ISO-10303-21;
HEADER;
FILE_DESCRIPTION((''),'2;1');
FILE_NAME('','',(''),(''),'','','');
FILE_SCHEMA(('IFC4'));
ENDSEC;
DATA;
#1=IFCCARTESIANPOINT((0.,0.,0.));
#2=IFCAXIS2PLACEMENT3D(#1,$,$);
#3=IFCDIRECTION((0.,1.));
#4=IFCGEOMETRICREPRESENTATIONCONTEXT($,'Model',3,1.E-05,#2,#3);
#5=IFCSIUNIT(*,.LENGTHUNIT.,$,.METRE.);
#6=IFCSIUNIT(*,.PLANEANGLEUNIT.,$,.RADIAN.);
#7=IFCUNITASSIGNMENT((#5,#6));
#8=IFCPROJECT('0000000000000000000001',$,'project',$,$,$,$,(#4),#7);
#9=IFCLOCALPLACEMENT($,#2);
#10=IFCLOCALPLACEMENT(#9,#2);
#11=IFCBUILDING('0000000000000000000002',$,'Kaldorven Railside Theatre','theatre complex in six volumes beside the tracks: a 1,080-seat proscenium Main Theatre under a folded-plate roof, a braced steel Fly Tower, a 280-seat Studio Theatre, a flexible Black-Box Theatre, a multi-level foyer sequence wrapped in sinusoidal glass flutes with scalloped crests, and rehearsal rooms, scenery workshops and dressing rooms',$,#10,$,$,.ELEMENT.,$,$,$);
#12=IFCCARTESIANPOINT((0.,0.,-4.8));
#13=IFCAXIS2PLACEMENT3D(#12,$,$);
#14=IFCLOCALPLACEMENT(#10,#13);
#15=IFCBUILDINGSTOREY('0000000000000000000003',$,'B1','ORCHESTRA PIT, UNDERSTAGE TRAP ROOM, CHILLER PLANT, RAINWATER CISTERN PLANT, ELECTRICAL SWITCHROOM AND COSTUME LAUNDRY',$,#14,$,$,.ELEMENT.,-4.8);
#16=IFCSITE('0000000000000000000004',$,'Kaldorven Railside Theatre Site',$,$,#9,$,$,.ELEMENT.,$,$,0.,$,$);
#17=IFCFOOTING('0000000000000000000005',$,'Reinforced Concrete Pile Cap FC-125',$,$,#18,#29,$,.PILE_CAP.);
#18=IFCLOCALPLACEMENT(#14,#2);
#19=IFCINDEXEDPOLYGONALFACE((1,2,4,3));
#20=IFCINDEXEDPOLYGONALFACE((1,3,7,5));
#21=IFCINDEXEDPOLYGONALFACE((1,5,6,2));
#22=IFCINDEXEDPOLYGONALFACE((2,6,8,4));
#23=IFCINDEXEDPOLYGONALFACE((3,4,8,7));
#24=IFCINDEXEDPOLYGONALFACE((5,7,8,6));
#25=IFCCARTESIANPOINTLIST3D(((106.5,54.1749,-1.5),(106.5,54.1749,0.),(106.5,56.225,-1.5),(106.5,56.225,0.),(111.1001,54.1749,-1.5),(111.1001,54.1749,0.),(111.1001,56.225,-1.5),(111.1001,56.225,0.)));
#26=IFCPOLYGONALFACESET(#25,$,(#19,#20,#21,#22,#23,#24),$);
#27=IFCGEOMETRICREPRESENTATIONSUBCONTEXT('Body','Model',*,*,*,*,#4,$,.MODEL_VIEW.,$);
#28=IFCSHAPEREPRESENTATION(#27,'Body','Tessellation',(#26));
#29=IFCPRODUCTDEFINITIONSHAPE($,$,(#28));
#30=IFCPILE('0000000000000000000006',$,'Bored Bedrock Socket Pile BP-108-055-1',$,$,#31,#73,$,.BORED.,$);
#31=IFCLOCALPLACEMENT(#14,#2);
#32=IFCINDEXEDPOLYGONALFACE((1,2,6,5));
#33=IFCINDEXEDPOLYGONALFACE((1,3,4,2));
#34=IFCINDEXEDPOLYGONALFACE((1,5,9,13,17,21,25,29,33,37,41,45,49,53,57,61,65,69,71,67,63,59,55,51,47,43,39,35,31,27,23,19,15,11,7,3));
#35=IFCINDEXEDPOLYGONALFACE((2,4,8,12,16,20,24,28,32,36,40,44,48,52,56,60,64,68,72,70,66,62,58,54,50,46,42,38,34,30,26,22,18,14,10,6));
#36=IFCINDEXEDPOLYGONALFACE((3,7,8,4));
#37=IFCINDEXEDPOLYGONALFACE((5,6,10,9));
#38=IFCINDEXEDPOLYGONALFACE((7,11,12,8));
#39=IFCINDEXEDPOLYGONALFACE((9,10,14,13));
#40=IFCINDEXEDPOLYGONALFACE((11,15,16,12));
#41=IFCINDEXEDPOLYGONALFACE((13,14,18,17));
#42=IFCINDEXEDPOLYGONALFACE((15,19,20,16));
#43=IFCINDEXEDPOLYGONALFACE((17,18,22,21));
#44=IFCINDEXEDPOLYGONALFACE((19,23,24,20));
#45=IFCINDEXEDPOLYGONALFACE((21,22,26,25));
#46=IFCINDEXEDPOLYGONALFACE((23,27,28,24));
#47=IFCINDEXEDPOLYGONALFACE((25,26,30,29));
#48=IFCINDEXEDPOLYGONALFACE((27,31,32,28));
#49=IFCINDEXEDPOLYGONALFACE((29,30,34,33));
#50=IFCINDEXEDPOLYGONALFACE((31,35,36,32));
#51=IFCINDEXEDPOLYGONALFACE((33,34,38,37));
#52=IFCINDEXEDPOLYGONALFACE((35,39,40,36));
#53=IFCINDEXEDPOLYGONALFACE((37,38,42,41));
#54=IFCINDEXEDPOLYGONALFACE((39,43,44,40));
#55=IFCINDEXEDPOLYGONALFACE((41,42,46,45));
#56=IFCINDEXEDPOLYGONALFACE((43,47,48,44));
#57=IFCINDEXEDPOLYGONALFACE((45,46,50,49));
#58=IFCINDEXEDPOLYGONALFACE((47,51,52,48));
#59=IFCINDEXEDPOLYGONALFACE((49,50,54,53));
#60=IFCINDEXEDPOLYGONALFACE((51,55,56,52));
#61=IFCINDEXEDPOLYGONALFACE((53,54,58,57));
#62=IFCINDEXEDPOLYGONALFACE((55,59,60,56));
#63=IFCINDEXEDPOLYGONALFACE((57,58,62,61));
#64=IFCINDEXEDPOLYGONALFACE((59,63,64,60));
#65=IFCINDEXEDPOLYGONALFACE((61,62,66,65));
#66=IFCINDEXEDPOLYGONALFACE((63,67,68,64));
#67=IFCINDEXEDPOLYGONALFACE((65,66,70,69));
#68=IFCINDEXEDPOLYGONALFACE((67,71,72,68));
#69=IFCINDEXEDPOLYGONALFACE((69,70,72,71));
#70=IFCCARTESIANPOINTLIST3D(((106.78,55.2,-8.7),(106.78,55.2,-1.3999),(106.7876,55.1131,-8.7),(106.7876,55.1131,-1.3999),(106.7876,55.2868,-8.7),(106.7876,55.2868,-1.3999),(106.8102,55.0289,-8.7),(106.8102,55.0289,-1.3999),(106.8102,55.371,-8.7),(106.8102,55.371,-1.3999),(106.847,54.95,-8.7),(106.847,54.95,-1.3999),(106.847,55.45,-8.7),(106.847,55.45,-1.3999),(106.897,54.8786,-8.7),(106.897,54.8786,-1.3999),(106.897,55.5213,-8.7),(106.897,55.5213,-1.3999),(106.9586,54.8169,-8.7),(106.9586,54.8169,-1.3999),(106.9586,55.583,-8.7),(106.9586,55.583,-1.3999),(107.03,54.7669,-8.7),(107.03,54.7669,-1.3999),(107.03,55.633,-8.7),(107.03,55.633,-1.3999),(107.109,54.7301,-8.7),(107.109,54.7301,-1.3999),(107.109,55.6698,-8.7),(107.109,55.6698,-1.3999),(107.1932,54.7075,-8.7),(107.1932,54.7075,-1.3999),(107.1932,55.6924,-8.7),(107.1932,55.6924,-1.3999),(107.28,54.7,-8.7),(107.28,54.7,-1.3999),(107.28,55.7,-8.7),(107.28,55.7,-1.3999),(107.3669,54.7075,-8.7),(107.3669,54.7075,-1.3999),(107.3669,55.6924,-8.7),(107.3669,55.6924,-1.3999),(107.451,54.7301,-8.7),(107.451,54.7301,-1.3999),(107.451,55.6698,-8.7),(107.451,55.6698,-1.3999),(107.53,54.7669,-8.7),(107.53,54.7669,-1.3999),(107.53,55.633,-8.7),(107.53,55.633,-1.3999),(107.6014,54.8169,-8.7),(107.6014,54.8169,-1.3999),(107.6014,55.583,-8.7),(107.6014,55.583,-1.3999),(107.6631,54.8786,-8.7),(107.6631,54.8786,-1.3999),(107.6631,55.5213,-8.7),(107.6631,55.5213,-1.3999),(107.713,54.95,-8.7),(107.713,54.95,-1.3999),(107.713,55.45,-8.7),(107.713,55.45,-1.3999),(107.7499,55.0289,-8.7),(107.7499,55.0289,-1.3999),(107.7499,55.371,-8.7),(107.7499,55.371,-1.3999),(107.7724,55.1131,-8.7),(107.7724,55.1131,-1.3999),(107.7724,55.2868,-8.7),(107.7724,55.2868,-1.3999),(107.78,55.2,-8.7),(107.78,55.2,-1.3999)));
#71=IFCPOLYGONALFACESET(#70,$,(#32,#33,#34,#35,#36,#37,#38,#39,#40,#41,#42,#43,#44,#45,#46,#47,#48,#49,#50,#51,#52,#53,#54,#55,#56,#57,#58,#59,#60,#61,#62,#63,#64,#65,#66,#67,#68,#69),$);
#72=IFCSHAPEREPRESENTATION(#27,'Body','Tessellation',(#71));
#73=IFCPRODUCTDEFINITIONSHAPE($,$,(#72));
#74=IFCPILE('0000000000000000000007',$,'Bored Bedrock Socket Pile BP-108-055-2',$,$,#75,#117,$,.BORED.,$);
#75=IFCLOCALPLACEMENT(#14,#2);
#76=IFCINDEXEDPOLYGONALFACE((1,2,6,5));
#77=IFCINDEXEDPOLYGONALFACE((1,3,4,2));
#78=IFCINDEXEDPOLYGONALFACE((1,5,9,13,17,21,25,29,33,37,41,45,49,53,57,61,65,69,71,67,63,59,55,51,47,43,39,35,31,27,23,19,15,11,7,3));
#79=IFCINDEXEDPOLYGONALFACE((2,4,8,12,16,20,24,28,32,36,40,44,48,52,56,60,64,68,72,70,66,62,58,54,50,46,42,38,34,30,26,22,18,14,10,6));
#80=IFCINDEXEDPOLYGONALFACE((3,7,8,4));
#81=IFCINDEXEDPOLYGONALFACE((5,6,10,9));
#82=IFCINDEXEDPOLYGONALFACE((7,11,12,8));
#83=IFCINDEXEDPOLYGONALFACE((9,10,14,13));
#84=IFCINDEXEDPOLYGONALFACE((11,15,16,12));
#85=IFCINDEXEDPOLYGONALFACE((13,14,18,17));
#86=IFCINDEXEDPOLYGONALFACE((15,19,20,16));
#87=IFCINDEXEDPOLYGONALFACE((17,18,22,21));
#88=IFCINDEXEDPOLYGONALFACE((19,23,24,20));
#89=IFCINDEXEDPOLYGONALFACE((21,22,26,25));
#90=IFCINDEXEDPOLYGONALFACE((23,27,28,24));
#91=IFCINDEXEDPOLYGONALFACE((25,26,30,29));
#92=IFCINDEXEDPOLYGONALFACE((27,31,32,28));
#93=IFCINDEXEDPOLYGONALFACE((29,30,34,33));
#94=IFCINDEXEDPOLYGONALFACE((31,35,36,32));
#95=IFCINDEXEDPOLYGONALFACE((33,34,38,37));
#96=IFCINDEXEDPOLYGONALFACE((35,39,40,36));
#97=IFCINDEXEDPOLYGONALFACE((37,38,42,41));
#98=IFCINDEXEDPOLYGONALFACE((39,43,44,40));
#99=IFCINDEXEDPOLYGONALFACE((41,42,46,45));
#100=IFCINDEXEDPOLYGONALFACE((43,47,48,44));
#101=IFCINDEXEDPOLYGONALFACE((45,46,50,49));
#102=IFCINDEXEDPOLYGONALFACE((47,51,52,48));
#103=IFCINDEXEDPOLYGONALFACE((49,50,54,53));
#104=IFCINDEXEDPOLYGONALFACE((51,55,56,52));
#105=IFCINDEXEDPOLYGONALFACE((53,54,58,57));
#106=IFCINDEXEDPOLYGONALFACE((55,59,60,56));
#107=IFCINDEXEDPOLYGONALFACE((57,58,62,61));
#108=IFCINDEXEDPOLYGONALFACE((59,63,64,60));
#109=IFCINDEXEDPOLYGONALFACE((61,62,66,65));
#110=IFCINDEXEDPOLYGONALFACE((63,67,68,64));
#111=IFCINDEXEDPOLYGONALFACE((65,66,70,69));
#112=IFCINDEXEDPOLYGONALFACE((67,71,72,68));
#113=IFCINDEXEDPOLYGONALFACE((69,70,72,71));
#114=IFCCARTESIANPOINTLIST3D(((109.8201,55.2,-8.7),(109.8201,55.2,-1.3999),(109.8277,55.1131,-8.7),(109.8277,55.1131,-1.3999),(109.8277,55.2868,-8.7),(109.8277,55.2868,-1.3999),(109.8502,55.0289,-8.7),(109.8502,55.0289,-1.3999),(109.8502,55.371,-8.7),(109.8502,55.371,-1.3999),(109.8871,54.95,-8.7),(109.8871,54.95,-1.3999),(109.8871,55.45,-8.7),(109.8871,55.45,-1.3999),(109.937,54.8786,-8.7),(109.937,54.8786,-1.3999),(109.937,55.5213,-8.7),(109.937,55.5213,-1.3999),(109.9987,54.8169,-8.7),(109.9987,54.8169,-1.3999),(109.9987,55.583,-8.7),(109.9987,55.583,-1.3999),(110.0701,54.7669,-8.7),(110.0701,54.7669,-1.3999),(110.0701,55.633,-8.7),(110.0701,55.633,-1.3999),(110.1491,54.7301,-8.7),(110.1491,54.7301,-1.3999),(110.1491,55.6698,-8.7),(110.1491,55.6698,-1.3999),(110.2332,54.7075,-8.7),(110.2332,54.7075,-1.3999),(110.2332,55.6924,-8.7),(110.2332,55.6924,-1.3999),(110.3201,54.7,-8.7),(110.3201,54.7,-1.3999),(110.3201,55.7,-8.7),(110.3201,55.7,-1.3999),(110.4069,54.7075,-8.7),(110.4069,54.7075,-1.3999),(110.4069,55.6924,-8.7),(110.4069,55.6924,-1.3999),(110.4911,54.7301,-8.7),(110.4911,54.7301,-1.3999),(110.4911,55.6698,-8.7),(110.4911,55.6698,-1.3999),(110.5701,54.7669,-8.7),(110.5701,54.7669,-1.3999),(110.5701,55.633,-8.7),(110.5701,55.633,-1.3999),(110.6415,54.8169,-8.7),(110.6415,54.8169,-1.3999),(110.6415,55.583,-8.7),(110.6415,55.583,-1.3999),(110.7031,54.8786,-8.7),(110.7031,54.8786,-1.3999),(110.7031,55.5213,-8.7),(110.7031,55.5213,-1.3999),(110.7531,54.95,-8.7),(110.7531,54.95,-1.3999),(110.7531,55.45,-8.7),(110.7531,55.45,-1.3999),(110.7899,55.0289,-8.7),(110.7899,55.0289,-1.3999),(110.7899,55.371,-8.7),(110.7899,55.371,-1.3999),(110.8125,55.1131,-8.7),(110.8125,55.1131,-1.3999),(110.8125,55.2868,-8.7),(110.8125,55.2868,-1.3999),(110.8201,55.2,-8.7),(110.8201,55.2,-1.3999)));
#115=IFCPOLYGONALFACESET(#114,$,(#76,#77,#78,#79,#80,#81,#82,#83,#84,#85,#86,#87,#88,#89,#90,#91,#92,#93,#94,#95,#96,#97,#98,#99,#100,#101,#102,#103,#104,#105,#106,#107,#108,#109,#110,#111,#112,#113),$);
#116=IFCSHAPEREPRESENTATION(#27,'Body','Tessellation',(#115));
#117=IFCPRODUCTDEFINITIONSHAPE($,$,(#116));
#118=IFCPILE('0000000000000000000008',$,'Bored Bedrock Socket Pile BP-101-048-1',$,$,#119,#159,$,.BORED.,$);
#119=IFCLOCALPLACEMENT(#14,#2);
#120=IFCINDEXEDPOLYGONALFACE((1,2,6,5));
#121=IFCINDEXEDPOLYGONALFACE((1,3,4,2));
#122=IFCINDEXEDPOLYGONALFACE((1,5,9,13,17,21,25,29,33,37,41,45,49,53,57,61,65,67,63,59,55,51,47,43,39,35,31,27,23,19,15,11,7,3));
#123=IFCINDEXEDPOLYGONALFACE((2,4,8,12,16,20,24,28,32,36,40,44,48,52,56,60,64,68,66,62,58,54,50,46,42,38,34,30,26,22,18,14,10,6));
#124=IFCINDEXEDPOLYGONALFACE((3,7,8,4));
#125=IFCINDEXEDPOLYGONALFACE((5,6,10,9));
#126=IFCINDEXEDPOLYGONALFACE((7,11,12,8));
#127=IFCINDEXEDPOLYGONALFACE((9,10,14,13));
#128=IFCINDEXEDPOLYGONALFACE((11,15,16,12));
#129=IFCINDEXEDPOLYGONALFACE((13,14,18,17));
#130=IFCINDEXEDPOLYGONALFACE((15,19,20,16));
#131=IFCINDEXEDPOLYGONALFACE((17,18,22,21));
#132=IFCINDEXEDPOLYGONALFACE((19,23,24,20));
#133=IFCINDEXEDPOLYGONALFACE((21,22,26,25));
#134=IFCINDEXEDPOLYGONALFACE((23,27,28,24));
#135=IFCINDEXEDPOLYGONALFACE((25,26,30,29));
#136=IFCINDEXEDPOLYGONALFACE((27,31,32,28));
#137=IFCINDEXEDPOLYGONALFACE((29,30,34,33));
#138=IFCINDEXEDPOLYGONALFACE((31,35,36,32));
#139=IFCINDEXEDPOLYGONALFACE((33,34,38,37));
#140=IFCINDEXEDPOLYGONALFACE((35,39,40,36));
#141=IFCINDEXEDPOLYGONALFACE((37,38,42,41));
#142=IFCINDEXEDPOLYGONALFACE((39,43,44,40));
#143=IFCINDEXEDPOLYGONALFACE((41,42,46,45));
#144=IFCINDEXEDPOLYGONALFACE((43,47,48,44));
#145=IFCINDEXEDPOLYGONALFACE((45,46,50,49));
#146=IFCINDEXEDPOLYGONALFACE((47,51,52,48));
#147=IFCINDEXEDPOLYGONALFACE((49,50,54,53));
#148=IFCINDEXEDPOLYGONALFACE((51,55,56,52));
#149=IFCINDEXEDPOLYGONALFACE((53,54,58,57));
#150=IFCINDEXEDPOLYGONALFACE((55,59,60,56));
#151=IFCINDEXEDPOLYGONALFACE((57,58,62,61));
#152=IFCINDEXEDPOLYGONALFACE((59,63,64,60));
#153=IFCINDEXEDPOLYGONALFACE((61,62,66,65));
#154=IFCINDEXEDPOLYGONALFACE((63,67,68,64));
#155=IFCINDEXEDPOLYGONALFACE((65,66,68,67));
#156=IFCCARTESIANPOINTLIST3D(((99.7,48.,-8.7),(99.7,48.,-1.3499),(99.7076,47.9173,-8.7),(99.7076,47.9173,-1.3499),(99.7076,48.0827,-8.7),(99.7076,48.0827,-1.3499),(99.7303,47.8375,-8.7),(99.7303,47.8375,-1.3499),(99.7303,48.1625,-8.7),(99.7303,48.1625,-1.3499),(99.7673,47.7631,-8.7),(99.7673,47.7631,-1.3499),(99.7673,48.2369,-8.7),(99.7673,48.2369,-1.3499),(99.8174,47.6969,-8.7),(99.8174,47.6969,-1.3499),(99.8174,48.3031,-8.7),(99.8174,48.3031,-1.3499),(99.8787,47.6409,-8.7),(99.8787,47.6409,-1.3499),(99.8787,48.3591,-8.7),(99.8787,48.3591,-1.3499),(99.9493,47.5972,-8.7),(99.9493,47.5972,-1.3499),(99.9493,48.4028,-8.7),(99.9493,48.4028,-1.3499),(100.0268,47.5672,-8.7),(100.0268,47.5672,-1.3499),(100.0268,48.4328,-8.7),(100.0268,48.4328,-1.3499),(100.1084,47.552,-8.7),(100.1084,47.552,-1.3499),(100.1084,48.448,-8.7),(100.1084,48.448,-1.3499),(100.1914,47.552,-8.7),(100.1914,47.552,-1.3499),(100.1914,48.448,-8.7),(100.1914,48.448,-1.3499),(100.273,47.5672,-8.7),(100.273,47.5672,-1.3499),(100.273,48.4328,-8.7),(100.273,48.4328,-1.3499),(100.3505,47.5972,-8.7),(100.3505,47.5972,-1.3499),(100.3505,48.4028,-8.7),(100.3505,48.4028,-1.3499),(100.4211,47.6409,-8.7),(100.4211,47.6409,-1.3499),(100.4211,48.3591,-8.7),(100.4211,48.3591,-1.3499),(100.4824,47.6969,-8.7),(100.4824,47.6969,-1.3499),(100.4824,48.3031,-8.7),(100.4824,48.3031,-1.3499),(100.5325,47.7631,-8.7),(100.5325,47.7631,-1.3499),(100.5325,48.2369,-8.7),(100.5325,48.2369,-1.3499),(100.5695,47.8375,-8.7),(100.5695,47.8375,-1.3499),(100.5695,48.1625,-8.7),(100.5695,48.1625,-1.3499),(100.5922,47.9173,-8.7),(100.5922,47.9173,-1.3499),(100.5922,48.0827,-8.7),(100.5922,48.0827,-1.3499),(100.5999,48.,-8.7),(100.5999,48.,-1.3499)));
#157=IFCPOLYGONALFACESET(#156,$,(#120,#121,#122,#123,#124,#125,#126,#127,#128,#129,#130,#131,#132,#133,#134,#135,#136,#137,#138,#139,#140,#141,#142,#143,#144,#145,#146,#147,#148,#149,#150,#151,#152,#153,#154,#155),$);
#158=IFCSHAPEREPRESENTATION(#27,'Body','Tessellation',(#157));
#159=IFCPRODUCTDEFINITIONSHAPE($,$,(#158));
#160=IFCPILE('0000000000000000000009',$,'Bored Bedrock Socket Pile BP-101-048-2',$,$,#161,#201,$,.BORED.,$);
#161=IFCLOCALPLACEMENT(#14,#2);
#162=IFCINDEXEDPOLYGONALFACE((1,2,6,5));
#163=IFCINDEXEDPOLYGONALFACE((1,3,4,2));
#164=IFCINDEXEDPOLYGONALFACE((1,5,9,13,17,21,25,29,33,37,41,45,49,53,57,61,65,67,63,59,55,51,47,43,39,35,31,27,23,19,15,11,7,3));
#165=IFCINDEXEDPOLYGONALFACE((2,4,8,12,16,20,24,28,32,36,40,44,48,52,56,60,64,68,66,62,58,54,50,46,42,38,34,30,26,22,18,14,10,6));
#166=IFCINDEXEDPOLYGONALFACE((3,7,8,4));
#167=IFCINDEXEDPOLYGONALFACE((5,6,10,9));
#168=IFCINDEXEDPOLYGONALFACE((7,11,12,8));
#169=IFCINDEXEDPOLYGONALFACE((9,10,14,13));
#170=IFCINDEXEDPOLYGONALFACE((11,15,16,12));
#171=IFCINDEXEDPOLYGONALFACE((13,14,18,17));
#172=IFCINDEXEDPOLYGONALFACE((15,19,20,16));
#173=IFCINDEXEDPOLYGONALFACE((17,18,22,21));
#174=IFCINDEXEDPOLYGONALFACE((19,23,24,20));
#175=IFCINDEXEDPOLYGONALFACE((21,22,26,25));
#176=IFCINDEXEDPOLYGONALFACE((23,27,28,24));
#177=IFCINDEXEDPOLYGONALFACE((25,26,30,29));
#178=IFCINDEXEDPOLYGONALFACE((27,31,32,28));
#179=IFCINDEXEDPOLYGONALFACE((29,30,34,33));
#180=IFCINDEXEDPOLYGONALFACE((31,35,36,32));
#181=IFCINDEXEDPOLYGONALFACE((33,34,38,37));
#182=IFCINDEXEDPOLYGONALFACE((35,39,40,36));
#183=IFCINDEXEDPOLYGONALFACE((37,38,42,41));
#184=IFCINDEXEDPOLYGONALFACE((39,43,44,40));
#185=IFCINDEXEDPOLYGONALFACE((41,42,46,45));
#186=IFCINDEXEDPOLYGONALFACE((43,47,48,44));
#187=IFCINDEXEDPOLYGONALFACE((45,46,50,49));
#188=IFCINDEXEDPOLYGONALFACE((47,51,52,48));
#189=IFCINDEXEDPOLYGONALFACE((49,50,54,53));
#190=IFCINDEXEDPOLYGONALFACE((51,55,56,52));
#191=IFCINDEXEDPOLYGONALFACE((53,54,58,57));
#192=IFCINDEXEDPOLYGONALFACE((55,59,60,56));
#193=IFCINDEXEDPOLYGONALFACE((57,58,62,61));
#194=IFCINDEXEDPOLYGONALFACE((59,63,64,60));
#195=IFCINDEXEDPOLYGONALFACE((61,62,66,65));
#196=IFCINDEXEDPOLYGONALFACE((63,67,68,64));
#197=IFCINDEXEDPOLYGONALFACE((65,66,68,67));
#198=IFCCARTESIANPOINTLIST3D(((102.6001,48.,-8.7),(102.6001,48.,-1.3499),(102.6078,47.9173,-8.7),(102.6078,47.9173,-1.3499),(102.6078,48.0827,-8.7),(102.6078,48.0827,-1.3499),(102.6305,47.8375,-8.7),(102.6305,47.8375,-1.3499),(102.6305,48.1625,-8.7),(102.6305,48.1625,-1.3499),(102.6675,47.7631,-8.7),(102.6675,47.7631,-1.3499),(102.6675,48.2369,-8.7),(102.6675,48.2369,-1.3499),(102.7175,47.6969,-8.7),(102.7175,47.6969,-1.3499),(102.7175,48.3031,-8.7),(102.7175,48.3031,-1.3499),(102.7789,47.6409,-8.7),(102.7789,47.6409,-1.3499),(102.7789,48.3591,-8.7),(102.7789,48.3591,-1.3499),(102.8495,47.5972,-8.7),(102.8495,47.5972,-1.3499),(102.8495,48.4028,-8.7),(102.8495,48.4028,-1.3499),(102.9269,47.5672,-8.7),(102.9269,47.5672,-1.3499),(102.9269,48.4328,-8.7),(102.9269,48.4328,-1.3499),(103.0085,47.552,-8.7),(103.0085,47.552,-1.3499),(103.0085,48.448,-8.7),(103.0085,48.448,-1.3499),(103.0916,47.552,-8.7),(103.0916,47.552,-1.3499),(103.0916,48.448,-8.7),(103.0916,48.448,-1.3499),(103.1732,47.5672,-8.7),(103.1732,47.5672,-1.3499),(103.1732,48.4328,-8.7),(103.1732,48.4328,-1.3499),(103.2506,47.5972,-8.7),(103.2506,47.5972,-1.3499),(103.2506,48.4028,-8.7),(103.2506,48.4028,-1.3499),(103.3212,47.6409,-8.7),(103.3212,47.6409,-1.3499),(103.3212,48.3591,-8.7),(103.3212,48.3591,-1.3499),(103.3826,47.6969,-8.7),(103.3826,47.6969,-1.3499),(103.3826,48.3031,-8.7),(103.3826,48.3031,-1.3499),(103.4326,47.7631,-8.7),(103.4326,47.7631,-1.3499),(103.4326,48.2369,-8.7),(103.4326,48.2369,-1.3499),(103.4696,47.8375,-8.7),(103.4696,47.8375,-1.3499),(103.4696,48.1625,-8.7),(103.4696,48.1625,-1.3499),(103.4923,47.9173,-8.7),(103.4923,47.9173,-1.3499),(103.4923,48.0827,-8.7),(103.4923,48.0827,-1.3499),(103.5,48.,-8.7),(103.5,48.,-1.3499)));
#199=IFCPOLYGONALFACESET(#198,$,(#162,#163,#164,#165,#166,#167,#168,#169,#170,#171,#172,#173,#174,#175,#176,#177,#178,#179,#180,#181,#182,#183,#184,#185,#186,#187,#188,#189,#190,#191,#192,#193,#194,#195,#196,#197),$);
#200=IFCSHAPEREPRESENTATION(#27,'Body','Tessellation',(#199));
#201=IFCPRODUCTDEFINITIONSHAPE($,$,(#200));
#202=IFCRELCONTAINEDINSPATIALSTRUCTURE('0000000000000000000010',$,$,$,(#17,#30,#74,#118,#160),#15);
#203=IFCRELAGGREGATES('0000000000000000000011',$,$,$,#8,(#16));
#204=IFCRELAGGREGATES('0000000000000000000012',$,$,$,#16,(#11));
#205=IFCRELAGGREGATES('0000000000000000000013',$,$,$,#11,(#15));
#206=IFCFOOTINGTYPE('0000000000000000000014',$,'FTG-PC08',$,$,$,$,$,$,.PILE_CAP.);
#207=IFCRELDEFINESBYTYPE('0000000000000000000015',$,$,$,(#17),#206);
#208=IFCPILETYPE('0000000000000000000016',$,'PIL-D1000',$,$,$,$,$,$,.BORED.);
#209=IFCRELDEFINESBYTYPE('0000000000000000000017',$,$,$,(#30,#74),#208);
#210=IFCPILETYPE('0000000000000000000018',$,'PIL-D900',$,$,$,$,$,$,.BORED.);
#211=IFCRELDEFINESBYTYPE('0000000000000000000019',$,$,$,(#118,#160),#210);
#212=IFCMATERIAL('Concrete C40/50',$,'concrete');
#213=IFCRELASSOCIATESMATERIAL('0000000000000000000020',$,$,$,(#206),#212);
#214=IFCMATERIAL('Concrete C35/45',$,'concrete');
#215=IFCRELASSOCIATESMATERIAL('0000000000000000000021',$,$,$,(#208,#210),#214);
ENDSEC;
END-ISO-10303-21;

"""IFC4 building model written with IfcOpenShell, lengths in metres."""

from ifc_helpers import new_model, si_unit, direction, frame, origin, origin_2d, place, context, subcontext, project, spatial, rectangle, circle, extrude, material, material_profile, profile_set, type_object, element, save


model = new_model("IFC4")

# Units and contexts
model_context = context("Model", 3, precision=1e-05, world=origin(), true_north=direction((0.0, 1.0)))
body_context = subcontext(model_context, "Body", "Model", "MODEL_VIEW")
ifc_project = project(units=[si_unit("LENGTHUNIT", "METRE"), si_unit("PLANEANGLEUNIT", "RADIAN")], contexts=[model_context])

# Site, building, storey
site_placement = place(None, origin())
site = spatial("IfcSite", under=ifc_project, at=site_placement, Name="Kaldorven Railside Theatre Site", CompositionType="ELEMENT", RefElevation=0.0)
building_placement = place(site_placement, origin())
building = spatial("IfcBuilding", under=site, at=building_placement, Name="Kaldorven Railside Theatre", Description="theatre complex in six volumes beside the tracks: a 1,080-seat proscenium Main Theatre under a folded-plate roof, a braced steel Fly Tower, a 280-seat Studio Theatre, a flexible Black-Box Theatre, a multi-level foyer sequence wrapped in sinusoidal glass flutes with scalloped crests, and rehearsal rooms, scenery workshops and dressing rooms", CompositionType="ELEMENT")
storey_placement = place(building_placement, frame((0.0, 0.0, -4.8)))
storey = spatial("IfcBuildingStorey", under=building, at=storey_placement, Name="B1", Description="ORCHESTRA PIT, UNDERSTAGE TRAP ROOM, CHILLER PLANT, RAINWATER CISTERN PLANT, ELECTRICAL SWITCHROOM AND COSTUME LAUNDRY", CompositionType="ELEMENT", Elevation=-4.8)

# Footing
ifc_material_1 = material(Name="Concrete C40/50", Category="concrete")
footing_type_1 = type_object("IfcFootingType", Name="FTG-PC08", PredefinedType="PILE_CAP", material=ifc_material_1)
footing_1_placement = place(storey_placement, frame((108.8, 55.2, -1.5), z_axis=(0.0, 0.0, 1.0), x_axis=(1.0, 0.0, 0.0)))
element("IfcFooting", 1, at=footing_1_placement, inside=storey, type_object=footing_type_1, Name="Reinforced Concrete Pile Cap FC-125", PredefinedType="PILE_CAP", context=body_context, shape_type="SweptSolid", body=[
    extrude(rectangle(XDim=4.6001, YDim=2.05, at=origin_2d()), origin(), (0.0, 0.0, 1.0), 1.5),
])

# Piles
ifc_material_2 = material(Name="Concrete C35/45", Category="concrete")
ifc_material_profile_1 = material_profile(ifc_material_2, circle(Radius=0.5, at=origin_2d()), Name="BP D1000")
ifc_profile_set_1 = profile_set([ifc_material_profile_1], Name="Concrete C35/45")
pile_type_1 = type_object("IfcPileType", Name="PIL-D1000", PredefinedType="BORED", material=ifc_profile_set_1)
for number, where, z_axis, x_axis, name in (
    (2, (107.28, 55.2, -1.3999), (0.0, 0.0, -1.0), (1.0, 0.0, 0.0), "Bored Bedrock Socket Pile BP-108-055-1"),
    (3, (110.3201, 55.2, -1.3999), (0.0, 0.0, -1.0), (1.0, 0.0, 0.0), "Bored Bedrock Socket Pile BP-108-055-2"),
):
    element("IfcPile", number, at=place(storey_placement, frame(where, z_axis=z_axis, x_axis=x_axis)), inside=storey, type_object=pile_type_1, Name=name, PredefinedType="BORED", context=body_context, shape_type="SweptSolid", body=[
        extrude(circle(Radius=0.5, at=origin_2d()), origin(), (0.0, 0.0, 1.0), 7.3),
    ])
ifc_material_profile_2 = material_profile(ifc_material_2, circle(Radius=0.45, at=origin_2d()), Name="BP D900")
ifc_profile_set_2 = profile_set([ifc_material_profile_2], Name="Concrete C35/45")
pile_type_2 = type_object("IfcPileType", Name="PIL-D900", PredefinedType="BORED", material=ifc_profile_set_2)
for number, where, z_axis, x_axis, name in (
    (4, (100.1499, 48.0, -1.3499), (0.0, 0.0, -1.0), (1.0, 0.0, 0.0), "Bored Bedrock Socket Pile BP-101-048-1"),
    (5, (103.05, 48.0, -1.3499), (0.0, 0.0, -1.0), (1.0, 0.0, 0.0), "Bored Bedrock Socket Pile BP-101-048-2"),
):
    element("IfcPile", number, at=place(storey_placement, frame(where, z_axis=z_axis, x_axis=x_axis)), inside=storey, type_object=pile_type_2, Name=name, PredefinedType="BORED", context=body_context, shape_type="SweptSolid", body=[
        extrude(circle(Radius=0.45, at=origin_2d()), origin(), (0.0, 0.0, 1.0), 7.3501),
    ])

save(model, "model.ifc")
